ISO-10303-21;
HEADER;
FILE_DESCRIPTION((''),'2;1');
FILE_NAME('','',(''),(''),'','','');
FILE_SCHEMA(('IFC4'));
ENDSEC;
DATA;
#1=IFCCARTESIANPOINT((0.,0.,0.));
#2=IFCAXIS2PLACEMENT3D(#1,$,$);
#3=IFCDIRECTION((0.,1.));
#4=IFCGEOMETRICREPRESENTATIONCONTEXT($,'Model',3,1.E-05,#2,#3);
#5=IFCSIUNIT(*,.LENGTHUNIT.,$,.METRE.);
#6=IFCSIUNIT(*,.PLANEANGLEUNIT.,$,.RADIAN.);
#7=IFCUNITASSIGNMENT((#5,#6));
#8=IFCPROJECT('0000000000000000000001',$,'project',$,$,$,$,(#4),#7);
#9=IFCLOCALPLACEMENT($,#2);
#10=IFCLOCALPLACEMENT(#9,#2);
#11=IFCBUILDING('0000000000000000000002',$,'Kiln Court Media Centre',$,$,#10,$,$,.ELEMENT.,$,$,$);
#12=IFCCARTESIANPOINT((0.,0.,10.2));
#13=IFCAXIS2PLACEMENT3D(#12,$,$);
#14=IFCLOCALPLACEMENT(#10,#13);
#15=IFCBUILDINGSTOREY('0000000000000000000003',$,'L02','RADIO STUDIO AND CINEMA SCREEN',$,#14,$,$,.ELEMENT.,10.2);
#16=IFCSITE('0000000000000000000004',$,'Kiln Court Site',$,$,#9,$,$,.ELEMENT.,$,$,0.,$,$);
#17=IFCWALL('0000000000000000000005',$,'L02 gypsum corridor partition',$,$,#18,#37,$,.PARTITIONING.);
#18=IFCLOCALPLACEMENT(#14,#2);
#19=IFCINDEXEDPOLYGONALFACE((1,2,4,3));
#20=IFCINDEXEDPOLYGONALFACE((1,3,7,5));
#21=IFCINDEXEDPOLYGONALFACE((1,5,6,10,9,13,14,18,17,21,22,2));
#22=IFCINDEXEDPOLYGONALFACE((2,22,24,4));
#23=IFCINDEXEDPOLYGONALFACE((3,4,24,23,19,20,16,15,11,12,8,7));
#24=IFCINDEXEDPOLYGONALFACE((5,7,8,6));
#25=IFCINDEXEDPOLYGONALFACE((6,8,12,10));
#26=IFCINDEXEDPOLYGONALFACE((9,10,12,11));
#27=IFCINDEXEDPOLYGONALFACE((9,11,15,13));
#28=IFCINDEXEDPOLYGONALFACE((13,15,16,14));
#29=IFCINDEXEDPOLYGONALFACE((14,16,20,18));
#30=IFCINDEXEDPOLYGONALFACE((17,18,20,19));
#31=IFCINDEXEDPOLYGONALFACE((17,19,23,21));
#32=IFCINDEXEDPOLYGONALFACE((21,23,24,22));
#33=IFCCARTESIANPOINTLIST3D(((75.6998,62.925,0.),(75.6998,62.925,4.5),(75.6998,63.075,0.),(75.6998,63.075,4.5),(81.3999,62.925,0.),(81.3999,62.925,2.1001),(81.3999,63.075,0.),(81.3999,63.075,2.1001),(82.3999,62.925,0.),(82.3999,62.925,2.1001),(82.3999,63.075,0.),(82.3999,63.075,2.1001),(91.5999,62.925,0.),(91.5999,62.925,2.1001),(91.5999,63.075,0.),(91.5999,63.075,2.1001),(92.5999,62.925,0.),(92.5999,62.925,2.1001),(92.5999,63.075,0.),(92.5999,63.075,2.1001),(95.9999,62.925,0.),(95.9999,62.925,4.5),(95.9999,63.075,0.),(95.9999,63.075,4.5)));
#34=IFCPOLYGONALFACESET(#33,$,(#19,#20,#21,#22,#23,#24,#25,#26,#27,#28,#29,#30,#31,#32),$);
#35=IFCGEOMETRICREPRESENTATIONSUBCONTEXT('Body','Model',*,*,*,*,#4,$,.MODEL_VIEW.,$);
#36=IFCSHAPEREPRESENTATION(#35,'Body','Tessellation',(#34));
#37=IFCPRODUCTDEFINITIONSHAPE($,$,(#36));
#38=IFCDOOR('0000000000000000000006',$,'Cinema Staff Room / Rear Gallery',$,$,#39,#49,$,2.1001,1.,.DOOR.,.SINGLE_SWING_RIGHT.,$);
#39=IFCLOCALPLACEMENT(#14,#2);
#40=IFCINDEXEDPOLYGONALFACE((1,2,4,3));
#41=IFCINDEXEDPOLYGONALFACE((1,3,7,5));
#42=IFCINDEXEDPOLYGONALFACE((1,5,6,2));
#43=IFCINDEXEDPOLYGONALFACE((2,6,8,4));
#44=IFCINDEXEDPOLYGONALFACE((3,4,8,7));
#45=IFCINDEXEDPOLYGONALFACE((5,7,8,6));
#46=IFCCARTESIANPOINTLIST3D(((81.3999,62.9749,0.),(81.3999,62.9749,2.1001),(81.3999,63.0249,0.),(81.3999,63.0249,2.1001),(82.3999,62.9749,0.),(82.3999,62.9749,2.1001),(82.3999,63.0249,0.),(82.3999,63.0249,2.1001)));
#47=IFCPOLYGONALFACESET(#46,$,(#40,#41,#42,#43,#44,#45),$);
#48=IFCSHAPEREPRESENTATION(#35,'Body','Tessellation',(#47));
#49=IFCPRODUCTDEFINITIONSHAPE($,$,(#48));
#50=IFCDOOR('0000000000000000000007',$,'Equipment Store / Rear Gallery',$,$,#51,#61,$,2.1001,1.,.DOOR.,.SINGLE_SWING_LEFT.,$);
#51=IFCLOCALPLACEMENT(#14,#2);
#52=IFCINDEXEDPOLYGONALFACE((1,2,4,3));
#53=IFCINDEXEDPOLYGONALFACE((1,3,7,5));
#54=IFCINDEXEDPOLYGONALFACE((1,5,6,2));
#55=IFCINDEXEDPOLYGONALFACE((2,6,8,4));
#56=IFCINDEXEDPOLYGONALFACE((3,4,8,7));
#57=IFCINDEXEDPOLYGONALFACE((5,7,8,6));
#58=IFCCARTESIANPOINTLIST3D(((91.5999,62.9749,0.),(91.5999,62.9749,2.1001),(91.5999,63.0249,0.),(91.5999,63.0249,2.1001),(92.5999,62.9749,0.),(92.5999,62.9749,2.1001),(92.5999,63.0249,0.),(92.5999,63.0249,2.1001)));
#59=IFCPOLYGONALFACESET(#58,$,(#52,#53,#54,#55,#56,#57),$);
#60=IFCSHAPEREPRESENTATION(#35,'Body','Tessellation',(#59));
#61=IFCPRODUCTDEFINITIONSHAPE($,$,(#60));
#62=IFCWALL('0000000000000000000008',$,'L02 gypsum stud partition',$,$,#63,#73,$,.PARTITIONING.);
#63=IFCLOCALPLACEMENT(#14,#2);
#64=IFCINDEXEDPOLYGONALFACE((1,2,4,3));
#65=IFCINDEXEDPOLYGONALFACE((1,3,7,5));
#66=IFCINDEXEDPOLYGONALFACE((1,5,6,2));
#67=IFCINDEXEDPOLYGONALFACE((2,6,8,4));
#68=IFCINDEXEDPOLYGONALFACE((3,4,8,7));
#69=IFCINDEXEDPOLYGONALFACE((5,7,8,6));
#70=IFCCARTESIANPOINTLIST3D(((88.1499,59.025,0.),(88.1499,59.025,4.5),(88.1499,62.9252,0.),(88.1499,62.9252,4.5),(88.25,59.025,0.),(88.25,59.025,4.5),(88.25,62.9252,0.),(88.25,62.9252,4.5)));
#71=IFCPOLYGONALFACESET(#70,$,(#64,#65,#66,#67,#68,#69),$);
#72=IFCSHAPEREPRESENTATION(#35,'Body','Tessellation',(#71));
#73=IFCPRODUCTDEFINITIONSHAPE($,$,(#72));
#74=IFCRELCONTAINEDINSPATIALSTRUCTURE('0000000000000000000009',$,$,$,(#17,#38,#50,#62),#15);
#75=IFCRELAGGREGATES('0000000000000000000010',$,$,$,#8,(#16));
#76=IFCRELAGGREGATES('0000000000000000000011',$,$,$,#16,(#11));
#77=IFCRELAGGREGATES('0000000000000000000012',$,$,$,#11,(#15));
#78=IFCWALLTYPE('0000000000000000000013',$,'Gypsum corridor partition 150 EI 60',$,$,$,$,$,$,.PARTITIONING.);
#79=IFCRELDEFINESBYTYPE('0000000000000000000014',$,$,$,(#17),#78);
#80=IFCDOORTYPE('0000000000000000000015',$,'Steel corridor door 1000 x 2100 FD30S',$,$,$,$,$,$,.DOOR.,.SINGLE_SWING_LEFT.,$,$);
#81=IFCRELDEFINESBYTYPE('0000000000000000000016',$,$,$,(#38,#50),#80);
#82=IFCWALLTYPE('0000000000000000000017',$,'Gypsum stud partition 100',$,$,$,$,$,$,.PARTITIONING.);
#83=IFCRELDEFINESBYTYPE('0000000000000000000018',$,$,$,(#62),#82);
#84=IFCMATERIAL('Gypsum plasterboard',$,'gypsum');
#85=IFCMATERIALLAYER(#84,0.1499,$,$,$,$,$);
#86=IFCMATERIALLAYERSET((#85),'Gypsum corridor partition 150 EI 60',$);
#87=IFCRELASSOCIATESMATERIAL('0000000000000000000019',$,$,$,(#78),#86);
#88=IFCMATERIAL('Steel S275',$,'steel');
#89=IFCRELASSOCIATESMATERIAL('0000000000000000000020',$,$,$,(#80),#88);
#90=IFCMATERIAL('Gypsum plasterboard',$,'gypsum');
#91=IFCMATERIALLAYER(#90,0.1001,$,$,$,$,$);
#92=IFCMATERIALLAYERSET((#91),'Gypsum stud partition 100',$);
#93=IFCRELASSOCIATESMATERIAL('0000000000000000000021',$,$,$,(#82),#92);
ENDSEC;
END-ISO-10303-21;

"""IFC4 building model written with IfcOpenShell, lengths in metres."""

from ifc_helpers import new_model, si_unit, direction, frame, frame_2d, origin, place, context, subcontext, project, spatial, rectangle, extrude, material, layer, layer_set, type_object, element, fill, save


model = new_model("IFC4")

# Units and contexts
model_context = context("Model", 3, precision=1e-05, world=origin(), true_north=direction((0.0, 1.0)))
body_context = subcontext(model_context, "Body", "Model", "MODEL_VIEW")
ifc_project = project(units=[si_unit("LENGTHUNIT", "METRE"), si_unit("PLANEANGLEUNIT", "RADIAN")], contexts=[model_context])

# Site, building, storey
site_placement = place(None, origin())
site = spatial("IfcSite", under=ifc_project, at=site_placement, Name="Kiln Court Site", CompositionType="ELEMENT", RefElevation=0.0)
building_placement = place(site_placement, origin())
building = spatial("IfcBuilding", under=site, at=building_placement, Name="Kiln Court Media Centre", CompositionType="ELEMENT")
storey_placement = place(building_placement, frame((0.0, 0.0, 10.2)))
storey = spatial("IfcBuildingStorey", under=building, at=storey_placement, Name="L02", Description="RADIO STUDIO AND CINEMA SCREEN", CompositionType="ELEMENT", Elevation=10.2)

# Wall, openings, doors
ifc_material_1 = material(Name="Gypsum plasterboard", Category="gypsum")
ifc_layer_1 = layer(ifc_material_1, 0.1499)
ifc_layer_set_1 = layer_set([ifc_layer_1], Name="Gypsum corridor partition 150 EI 60")
wall_type_1 = type_object("IfcWallType", Name="Gypsum corridor partition 150 EI 60", PredefinedType="PARTITIONING", material=ifc_layer_set_1)
wall_1_placement = place(storey_placement, frame((75.7, 63.0, 0.0), z_axis=(0.0, 0.0, 1.0), x_axis=(1.0, 0.0, 0.0)))
wall_1 = element("IfcWall", 1, at=wall_1_placement, inside=storey, type_object=wall_type_1, Name="L02 gypsum corridor partition", PredefinedType="PARTITIONING", context=body_context, shape_type="SweptSolid", body=[
    extrude(rectangle(XDim=20.3, YDim=0.1499, at=frame_2d((10.1499, 0.0))), origin(), (0.0, 0.0, 1.0), 4.5),
])
opening_1_placement = place(wall_1_placement, frame((5.7, 0.0, 0.0)))
opening_1 = element("IfcOpeningElement", 2, at=opening_1_placement, cuts=wall_1, PredefinedType="OPENING", context=body_context, shape_type="SweptSolid", body=[
    extrude(rectangle(XDim=1.0, YDim=2.1001, at=frame_2d((0.5, 1.05))), frame((0.0, 0.085, 0.0), z_axis=(0.0, -1.0, 0.0), x_axis=(1.0, 0.0, 0.0)), (0.0, 0.0, 1.0), 0.1699),
])
opening_2_placement = place(wall_1_placement, frame((15.8999, 0.0, 0.0)))
opening_2 = element("IfcOpeningElement", 3, at=opening_2_placement, cuts=wall_1, PredefinedType="OPENING", context=body_context, shape_type="SweptSolid", body=[
    extrude(rectangle(XDim=1.0, YDim=2.1001, at=frame_2d((0.5, 1.05))), frame((0.0, 0.085, 0.0), z_axis=(0.0, -1.0, 0.0), x_axis=(1.0, 0.0, 0.0)), (0.0, 0.0, 1.0), 0.1699),
])
ifc_material_2 = material(Name="Steel S275", Category="steel")
door_type = type_object("IfcDoorType", Name="Steel corridor door 1000 x 2100 FD30S", OperationType="SINGLE_SWING_LEFT", PredefinedType="DOOR", material=ifc_material_2)
door_1_placement = place(opening_1_placement, origin())
door_1 = element("IfcDoor", 4, at=door_1_placement, inside=storey, type_object=door_type, Name="Cinema Staff Room / Rear Gallery", OperationType="SINGLE_SWING_RIGHT", OverallHeight=2.1001, OverallWidth=1.0, PredefinedType="DOOR", context=body_context, shape_type="SweptSolid", body=[
    extrude(rectangle(XDim=1.0, YDim=2.1001, at=frame_2d((0.5, 1.05))), frame((0.0, 0.0249, 0.0), z_axis=(0.0, -1.0, 0.0), x_axis=(1.0, 0.0, 0.0)), (0.0, 0.0, 1.0), 0.05),
])
fill(opening_1, door_1)
door_2_placement = place(opening_2_placement, origin())
door_2 = element("IfcDoor", 5, at=door_2_placement, inside=storey, type_object=door_type, Name="Equipment Store / Rear Gallery", OperationType="SINGLE_SWING_LEFT", OverallHeight=2.1001, OverallWidth=1.0, PredefinedType="DOOR", context=body_context, shape_type="SweptSolid", body=[
    extrude(rectangle(XDim=1.0, YDim=2.1001, at=frame_2d((0.5, 1.05))), frame((0.0, 0.0249, 0.0), z_axis=(0.0, -1.0, 0.0), x_axis=(1.0, 0.0, 0.0)), (0.0, 0.0, 1.0), 0.05),
])
fill(opening_2, door_2)

# Wall
ifc_material_3 = material(Name="Gypsum plasterboard", Category="gypsum")
ifc_layer_2 = layer(ifc_material_3, 0.1001)
ifc_layer_set_2 = layer_set([ifc_layer_2], Name="Gypsum stud partition 100")
wall_type_2 = type_object("IfcWallType", Name="Gypsum stud partition 100", PredefinedType="PARTITIONING", material=ifc_layer_set_2)
wall_2_placement = place(storey_placement, frame((88.2, 59.0249, 0.0), z_axis=(0.0, 0.0, 1.0), x_axis=(0.0, 1.0, 0.0)))
element("IfcWall", 6, at=wall_2_placement, inside=storey, type_object=wall_type_2, Name="L02 gypsum stud partition", PredefinedType="PARTITIONING", context=body_context, shape_type="SweptSolid", body=[
    extrude(rectangle(XDim=3.9001, YDim=0.1001, at=frame_2d((1.9502, 0.0))), origin(), (0.0, 0.0, 1.0), 4.5),
])

save(model, "model.ifc")
